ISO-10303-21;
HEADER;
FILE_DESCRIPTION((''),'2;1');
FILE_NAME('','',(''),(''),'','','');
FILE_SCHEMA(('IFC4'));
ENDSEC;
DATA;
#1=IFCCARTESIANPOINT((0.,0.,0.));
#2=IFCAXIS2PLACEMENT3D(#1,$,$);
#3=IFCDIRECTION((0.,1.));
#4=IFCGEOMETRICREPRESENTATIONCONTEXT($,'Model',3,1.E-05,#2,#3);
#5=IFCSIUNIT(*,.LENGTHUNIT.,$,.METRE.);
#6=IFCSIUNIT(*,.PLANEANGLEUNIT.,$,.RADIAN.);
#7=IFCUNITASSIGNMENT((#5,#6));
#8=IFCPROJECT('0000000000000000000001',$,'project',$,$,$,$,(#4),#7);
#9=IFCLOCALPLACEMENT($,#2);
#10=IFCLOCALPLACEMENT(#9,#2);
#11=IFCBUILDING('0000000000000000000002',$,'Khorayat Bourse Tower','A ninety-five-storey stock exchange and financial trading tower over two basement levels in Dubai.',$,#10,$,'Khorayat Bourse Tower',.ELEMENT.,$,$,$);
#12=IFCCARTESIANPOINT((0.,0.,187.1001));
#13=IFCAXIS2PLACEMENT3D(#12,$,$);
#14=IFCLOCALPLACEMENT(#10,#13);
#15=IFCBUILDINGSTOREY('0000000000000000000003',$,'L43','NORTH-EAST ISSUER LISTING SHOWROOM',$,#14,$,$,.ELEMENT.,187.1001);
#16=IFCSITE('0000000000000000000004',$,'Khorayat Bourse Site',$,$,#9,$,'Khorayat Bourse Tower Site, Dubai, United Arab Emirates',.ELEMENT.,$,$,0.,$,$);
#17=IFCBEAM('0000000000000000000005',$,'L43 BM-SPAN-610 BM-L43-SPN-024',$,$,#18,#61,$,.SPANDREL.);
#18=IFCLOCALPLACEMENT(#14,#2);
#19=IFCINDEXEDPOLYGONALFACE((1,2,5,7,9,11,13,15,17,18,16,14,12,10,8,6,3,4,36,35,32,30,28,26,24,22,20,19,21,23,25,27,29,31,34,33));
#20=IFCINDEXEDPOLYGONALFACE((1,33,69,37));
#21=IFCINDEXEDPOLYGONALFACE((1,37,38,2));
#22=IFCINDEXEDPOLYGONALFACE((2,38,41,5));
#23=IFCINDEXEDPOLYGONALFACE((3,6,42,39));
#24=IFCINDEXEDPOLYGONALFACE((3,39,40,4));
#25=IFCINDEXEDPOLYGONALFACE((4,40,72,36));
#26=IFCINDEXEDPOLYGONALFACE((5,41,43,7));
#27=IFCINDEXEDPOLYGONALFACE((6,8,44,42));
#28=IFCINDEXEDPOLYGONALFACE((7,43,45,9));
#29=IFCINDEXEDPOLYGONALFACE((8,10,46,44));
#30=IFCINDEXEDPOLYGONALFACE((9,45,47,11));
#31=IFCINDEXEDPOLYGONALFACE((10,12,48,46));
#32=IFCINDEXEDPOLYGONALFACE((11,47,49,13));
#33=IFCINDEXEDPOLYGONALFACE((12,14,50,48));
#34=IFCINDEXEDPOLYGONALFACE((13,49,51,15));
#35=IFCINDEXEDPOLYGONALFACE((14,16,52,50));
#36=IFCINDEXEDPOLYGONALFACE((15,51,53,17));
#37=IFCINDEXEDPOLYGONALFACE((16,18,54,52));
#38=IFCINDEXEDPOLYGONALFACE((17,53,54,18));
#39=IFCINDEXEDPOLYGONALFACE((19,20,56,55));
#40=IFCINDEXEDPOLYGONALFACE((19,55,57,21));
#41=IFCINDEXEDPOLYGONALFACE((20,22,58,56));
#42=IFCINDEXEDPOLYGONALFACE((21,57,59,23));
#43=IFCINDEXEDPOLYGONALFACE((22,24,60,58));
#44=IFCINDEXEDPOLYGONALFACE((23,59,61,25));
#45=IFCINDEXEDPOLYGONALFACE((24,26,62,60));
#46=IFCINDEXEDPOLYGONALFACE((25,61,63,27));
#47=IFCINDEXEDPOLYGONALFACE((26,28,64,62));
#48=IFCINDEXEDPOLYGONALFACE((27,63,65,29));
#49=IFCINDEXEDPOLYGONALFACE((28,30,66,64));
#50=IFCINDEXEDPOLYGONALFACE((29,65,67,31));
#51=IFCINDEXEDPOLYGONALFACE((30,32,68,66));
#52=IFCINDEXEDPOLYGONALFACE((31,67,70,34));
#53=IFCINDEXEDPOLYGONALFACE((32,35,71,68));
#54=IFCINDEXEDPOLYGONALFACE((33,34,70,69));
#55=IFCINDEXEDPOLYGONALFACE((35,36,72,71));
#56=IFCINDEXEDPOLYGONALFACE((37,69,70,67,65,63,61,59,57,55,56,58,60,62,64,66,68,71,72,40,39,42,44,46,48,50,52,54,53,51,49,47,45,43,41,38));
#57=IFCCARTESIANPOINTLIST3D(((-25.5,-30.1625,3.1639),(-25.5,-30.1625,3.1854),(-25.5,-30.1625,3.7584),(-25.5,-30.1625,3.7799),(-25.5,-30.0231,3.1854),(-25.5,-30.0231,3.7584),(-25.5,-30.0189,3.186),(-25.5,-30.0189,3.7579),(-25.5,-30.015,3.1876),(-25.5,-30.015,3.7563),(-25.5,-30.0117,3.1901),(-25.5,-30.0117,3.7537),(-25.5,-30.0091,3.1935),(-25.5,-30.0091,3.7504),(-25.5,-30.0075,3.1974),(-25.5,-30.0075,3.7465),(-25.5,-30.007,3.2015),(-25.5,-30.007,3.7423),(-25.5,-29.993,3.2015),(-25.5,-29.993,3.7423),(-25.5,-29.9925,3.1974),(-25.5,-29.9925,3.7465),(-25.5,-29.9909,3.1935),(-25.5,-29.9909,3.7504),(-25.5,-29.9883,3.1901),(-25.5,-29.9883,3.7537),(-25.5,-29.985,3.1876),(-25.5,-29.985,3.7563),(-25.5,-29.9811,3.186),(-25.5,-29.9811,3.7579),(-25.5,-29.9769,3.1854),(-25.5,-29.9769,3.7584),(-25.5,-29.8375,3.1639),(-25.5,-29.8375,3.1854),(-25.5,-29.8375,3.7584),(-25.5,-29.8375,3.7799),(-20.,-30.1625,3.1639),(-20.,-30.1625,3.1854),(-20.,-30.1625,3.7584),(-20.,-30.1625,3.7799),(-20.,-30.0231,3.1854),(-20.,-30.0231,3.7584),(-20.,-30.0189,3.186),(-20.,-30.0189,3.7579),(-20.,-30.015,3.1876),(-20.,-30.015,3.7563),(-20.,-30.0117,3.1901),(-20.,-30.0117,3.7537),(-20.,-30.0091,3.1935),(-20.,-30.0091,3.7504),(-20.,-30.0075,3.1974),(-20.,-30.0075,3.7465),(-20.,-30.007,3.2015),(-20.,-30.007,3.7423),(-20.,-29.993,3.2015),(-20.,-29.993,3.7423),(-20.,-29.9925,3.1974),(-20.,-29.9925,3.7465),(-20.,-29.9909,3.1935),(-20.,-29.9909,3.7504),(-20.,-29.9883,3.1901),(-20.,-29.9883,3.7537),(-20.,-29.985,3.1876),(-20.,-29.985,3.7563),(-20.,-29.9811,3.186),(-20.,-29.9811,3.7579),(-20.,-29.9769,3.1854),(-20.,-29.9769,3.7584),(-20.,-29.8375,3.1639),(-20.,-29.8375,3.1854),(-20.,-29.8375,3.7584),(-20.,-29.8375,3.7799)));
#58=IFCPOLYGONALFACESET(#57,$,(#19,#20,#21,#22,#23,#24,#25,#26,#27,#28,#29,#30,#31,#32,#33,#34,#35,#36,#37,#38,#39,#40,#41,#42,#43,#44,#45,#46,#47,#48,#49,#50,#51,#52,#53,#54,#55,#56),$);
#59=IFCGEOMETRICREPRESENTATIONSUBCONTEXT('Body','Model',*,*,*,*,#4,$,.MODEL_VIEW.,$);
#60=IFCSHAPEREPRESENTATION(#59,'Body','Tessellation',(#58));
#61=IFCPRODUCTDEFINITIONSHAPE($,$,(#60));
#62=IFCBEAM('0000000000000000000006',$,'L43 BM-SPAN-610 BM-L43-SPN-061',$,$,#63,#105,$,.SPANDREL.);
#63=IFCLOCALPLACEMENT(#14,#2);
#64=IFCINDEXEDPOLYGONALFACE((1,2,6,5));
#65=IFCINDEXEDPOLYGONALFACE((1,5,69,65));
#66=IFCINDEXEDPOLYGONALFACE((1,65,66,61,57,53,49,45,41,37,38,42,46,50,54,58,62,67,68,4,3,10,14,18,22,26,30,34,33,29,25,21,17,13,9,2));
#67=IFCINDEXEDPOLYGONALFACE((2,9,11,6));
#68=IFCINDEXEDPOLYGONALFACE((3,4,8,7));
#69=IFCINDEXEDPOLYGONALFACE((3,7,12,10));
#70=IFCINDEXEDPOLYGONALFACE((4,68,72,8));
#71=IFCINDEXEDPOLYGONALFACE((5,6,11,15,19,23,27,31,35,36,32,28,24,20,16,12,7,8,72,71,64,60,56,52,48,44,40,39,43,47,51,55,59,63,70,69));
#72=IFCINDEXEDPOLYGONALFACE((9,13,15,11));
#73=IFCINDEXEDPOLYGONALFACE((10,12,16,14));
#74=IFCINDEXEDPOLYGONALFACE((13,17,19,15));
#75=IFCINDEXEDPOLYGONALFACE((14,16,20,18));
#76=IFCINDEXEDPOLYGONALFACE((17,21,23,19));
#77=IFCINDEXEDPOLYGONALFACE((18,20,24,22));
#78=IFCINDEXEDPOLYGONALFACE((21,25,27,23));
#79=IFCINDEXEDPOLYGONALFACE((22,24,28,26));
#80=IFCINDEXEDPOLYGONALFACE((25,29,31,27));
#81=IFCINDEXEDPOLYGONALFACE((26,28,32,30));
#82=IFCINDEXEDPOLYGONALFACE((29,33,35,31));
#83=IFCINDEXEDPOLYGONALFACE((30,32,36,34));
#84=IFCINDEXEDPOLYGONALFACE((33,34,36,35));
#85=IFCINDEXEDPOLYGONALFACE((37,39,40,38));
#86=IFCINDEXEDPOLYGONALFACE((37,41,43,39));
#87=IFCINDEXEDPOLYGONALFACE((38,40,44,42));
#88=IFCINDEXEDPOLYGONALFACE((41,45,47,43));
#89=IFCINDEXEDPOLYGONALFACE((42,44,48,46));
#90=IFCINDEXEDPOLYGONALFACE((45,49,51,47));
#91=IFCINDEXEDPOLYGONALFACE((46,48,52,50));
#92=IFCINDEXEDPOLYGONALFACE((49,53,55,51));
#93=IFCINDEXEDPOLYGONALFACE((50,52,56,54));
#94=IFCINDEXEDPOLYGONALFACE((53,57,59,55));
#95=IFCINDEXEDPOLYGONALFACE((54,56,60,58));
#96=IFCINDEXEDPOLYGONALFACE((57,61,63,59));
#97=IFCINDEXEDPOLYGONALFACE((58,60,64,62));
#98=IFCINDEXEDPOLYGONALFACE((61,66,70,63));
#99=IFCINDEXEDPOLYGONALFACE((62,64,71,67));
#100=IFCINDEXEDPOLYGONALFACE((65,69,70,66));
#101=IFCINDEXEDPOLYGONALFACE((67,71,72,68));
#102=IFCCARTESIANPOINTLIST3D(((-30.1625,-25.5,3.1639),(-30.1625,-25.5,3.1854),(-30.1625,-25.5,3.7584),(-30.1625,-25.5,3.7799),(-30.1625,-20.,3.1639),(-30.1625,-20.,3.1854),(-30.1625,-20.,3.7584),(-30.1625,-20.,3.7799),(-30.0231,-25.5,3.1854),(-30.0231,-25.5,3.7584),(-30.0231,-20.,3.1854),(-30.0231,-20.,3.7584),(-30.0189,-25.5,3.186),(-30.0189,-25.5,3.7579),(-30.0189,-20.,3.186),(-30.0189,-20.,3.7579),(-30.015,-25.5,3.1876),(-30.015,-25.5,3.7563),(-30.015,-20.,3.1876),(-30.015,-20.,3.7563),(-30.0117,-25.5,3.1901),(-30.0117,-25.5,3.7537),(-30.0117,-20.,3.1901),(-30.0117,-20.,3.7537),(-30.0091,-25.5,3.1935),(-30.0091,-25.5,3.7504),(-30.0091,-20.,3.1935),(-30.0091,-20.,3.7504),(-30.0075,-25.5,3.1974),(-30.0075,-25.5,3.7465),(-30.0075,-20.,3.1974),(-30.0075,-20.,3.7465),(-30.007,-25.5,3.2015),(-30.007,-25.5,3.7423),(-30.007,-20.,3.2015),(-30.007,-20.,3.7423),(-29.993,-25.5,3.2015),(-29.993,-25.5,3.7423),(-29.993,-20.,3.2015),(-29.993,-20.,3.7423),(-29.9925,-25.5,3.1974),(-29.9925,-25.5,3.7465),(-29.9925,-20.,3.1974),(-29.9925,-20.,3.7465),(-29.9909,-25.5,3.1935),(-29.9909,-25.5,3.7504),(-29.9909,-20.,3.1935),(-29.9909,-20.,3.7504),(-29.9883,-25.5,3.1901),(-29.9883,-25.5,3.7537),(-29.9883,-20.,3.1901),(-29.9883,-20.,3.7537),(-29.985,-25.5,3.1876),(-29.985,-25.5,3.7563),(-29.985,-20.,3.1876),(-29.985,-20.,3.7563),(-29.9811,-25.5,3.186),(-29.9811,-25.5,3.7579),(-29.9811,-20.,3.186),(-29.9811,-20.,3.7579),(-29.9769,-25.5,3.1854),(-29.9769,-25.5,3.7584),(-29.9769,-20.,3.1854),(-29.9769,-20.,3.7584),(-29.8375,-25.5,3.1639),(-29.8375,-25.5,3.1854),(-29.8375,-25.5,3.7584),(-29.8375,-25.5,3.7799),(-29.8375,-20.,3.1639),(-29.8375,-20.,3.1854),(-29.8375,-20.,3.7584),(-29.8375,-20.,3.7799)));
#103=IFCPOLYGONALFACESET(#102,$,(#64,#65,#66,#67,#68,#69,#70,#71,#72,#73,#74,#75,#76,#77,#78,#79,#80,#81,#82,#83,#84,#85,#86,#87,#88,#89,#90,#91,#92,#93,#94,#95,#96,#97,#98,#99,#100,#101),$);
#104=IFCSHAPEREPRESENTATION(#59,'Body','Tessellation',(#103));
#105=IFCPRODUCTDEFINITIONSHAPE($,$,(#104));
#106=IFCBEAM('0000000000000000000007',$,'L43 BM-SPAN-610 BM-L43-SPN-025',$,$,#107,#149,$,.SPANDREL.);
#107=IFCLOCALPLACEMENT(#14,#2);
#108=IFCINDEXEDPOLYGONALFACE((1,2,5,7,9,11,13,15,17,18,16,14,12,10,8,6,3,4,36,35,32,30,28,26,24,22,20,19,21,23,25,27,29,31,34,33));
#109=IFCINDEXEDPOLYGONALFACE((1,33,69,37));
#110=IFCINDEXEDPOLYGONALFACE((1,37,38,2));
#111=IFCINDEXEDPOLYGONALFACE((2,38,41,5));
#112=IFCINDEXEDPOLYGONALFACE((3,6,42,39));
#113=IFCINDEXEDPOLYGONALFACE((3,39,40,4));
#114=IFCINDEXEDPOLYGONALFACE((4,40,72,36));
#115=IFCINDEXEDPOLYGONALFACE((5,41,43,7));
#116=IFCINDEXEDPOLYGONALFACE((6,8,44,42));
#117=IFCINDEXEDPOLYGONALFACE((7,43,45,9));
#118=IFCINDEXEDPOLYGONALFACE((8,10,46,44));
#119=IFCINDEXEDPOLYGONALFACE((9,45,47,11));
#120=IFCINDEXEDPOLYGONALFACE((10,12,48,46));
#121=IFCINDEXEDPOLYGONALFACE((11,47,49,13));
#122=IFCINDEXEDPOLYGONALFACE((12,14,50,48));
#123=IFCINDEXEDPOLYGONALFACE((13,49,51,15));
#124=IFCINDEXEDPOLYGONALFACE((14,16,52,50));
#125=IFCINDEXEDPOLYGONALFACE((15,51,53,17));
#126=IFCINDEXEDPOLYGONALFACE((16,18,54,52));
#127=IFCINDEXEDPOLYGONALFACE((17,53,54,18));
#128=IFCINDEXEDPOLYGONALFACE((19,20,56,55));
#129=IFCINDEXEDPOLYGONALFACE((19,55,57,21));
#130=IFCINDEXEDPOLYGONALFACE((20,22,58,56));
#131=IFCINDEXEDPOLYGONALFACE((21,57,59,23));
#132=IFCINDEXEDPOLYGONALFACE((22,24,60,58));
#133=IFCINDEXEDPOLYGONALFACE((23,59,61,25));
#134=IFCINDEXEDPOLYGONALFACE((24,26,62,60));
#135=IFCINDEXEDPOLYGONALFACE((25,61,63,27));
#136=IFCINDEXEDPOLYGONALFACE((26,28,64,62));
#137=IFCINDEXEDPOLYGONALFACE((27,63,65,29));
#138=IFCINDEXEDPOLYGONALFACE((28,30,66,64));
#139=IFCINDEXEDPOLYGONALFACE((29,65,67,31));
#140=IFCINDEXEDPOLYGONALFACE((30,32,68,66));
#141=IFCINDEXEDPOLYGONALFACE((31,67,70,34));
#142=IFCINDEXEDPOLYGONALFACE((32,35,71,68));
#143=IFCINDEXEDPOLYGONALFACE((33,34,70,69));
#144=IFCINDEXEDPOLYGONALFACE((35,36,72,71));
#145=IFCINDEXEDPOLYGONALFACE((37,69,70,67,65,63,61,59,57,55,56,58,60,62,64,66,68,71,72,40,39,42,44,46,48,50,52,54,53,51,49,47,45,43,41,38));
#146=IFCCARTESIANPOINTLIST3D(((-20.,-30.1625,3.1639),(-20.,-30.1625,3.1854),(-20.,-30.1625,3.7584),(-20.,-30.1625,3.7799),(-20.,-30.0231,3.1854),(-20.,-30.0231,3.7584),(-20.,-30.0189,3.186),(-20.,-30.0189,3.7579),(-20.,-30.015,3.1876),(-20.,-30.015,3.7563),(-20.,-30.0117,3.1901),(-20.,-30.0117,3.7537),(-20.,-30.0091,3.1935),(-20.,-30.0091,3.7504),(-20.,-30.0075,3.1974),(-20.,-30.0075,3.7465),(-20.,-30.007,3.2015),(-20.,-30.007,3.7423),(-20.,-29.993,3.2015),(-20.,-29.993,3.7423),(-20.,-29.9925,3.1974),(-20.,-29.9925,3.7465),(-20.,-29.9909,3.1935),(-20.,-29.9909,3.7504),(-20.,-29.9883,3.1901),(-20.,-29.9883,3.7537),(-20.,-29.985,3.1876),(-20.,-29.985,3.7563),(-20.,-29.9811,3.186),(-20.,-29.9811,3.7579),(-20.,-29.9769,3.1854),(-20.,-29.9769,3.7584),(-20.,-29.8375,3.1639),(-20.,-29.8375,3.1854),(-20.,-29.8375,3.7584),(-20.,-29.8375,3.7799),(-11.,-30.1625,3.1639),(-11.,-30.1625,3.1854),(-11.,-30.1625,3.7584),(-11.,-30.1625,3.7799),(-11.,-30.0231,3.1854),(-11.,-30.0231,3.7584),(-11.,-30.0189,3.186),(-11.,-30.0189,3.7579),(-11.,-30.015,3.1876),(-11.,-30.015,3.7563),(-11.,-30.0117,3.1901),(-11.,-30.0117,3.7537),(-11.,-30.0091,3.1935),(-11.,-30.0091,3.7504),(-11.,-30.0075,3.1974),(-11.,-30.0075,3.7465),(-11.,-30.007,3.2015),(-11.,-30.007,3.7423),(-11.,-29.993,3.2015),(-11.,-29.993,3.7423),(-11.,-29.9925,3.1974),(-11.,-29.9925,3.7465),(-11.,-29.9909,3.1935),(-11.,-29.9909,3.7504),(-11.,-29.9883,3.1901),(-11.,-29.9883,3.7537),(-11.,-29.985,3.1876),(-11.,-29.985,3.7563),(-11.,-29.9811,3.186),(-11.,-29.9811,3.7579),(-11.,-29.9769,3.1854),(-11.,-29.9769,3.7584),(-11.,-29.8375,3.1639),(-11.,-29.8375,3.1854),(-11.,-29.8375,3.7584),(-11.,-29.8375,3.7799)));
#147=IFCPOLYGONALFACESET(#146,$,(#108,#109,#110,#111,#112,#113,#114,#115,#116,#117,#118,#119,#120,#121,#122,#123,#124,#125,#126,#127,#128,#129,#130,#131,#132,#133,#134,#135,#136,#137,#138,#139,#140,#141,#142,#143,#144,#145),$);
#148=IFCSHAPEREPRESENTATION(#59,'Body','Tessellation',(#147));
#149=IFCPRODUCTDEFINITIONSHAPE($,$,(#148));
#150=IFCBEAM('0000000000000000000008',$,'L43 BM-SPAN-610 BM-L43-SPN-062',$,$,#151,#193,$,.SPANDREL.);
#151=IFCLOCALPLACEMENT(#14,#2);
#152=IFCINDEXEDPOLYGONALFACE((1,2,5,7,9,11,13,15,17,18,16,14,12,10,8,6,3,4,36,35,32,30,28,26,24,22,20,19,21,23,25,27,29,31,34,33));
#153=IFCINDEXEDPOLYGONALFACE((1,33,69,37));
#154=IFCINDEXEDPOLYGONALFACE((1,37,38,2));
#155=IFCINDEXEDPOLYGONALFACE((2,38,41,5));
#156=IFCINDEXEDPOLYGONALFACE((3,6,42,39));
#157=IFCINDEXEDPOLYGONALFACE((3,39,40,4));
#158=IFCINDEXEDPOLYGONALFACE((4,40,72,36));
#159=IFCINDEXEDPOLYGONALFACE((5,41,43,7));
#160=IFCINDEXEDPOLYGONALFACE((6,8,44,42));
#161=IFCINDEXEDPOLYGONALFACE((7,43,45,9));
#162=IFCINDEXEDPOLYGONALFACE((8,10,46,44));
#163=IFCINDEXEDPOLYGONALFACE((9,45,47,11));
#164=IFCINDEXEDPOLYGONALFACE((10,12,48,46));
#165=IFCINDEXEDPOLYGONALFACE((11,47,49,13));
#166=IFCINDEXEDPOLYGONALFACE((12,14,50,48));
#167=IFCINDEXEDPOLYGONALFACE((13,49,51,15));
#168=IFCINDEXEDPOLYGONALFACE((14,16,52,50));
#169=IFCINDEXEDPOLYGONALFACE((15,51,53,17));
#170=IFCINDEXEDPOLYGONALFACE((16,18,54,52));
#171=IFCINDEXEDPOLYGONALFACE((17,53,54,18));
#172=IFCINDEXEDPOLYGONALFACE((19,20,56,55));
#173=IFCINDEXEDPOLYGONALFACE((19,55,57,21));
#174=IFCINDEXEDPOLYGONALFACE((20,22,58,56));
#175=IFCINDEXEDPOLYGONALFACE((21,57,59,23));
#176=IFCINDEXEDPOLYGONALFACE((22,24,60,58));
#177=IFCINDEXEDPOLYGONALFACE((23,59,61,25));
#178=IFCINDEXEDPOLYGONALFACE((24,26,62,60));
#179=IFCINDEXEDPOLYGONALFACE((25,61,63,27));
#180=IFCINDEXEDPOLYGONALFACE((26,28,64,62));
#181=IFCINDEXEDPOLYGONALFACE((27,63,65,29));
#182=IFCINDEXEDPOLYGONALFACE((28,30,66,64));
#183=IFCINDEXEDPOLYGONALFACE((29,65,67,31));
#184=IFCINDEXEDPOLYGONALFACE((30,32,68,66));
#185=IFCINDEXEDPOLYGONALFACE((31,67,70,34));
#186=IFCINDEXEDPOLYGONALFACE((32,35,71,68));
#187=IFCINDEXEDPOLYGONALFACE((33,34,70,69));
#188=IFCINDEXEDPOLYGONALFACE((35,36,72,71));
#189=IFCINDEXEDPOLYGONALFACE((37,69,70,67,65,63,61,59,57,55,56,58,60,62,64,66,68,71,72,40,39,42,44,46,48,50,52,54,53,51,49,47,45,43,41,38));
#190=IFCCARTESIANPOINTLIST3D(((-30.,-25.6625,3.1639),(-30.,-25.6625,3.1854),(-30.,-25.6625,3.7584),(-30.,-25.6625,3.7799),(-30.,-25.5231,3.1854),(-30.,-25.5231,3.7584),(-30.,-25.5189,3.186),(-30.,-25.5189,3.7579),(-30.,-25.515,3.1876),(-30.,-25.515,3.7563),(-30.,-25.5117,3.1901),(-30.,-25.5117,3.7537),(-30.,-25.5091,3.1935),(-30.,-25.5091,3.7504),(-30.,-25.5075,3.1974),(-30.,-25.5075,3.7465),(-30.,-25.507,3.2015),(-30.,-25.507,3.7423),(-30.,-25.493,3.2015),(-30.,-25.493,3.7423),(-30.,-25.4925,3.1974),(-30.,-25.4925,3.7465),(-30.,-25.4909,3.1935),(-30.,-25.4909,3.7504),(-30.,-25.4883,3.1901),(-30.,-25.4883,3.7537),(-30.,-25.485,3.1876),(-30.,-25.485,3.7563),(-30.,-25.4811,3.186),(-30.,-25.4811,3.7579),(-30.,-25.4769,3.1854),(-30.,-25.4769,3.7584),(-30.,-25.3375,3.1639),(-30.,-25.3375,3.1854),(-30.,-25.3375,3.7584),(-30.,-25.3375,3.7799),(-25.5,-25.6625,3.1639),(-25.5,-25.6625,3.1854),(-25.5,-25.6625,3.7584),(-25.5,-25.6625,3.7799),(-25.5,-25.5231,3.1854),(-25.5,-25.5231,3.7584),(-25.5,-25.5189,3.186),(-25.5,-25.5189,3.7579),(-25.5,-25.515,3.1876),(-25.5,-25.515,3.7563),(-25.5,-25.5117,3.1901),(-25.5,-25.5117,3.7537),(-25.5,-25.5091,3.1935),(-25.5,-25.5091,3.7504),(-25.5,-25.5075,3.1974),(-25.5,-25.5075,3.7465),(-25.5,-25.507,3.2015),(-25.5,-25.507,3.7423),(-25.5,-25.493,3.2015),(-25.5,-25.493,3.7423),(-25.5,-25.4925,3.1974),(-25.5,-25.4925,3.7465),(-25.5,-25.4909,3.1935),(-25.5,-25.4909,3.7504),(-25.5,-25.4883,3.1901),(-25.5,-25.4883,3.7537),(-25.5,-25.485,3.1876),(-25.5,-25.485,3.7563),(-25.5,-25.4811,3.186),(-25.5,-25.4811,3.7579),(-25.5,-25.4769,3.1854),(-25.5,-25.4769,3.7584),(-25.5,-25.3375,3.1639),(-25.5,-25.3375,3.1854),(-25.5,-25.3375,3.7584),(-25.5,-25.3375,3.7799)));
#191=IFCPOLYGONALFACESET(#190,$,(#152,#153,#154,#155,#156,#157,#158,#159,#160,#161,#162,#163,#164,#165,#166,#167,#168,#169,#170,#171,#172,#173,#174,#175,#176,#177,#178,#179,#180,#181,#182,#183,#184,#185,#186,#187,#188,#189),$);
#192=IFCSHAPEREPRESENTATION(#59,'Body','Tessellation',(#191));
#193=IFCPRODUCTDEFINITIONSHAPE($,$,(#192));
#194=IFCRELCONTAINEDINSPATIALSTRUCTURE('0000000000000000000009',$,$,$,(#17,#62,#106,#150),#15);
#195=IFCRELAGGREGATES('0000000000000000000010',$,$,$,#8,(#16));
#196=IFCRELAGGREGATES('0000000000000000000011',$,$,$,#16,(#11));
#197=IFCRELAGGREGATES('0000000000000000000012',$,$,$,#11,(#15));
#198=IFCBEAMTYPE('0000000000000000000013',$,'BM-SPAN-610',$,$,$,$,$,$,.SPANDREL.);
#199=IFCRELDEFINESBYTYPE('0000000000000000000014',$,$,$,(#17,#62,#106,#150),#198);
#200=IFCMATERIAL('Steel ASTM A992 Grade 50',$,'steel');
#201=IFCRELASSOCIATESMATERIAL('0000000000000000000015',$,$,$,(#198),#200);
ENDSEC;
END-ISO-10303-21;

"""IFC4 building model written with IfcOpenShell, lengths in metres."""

from ifc_helpers import new_model, si_unit, direction, frame, origin, origin_2d, place, context, subcontext, project, spatial, i_section, extrude, source, transform, mapped, material, material_profile, profile_set, type_object, element, save


model = new_model("IFC4")

# Units and contexts
model_context = context("Model", 3, precision=1e-05, world=origin(), true_north=direction((0.0, 1.0)))
body_context = subcontext(model_context, "Body", "Model", "MODEL_VIEW")
ifc_project = project(units=[si_unit("LENGTHUNIT", "METRE"), si_unit("PLANEANGLEUNIT", "RADIAN")], contexts=[model_context])

# Site, building, storey
site_placement = place(None, origin())
site = spatial("IfcSite", under=ifc_project, at=site_placement, Name="Khorayat Bourse Site", LongName="Khorayat Bourse Tower Site, Dubai, United Arab Emirates", CompositionType="ELEMENT", RefElevation=0.0)
building_placement = place(site_placement, origin())
building = spatial("IfcBuilding", under=site, at=building_placement, Name="Khorayat Bourse Tower", Description="A ninety-five-storey stock exchange and financial trading tower over two basement levels in Dubai.", LongName="Khorayat Bourse Tower", CompositionType="ELEMENT")
storey_placement = place(building_placement, frame((0.0, 0.0, 187.1001)))
storey = spatial("IfcBuildingStorey", under=building, at=storey_placement, Name="L43", Description="NORTH-EAST ISSUER LISTING SHOWROOM", CompositionType="ELEMENT", Elevation=187.1001)

# Beams
ifc_material_1 = material(Name="Steel ASTM A992 Grade 50", Category="steel")
ifc_material_profile_1 = material_profile(ifc_material_1, i_section(OverallWidth=0.325, OverallDepth=0.616, WebThickness=0.0139, FlangeThickness=0.0215, FilletRadius=0.0161, at=origin_2d()), Name="W610X174")
ifc_profile_set_1 = profile_set([ifc_material_profile_1], Name="Steel ASTM A992 Grade 50")
beam_type_1 = type_object("IfcBeamType", Name="BM-SPAN-610", PredefinedType="SPANDREL", material=ifc_profile_set_1)
shared_shape_1 = source(origin(), body_context, "Body", "SweptSolid", [
    extrude(i_section(OverallWidth=0.325, OverallDepth=0.616, WebThickness=0.0139, FlangeThickness=0.0215, FilletRadius=0.0161, at=origin_2d()), origin(), (0.0, 0.0, 1.0), 5.5),
])
for number, where, z_axis, x_axis, name in (
    (1, (-25.5, -30.0, 3.4719), (1.0, 0.0, 0.0), (0.0, 1.0, 0.0), "L43 BM-SPAN-610 BM-L43-SPN-024"),
    (2, (-30.0, -25.5, 3.4719), (0.0, 1.0, 0.0), (-1.0, 0.0, 0.0), "L43 BM-SPAN-610 BM-L43-SPN-061"),
):
    element("IfcBeam", number, at=place(storey_placement, frame(where, z_axis=z_axis, x_axis=x_axis)), inside=storey, type_object=beam_type_1, Name=name, PredefinedType="SPANDREL", context=body_context, shape_type="MappedRepresentation", body=[
        mapped(shared_shape_1, transform((0.0, 0.0, 0.0), scale=1.0)),
    ])
shared_shape_2 = source(origin(), body_context, "Body", "SweptSolid", [
    extrude(i_section(OverallWidth=0.325, OverallDepth=0.616, WebThickness=0.0139, FlangeThickness=0.0215, FilletRadius=0.0161, at=origin_2d()), origin(), (0.0, 0.0, 1.0), 9.0),
])
beam_1_placement = place(storey_placement, frame((-20.0, -30.0, 3.4719), z_axis=(1.0, 0.0, 0.0), x_axis=(0.0, 1.0, 0.0)))
element("IfcBeam", 3, at=beam_1_placement, inside=storey, type_object=beam_type_1, Name="L43 BM-SPAN-610 BM-L43-SPN-025", PredefinedType="SPANDREL", context=body_context, shape_type="MappedRepresentation", body=[
    mapped(shared_shape_2, transform((0.0, 0.0, 0.0), scale=1.0)),
])
shared_shape_3 = source(origin(), body_context, "Body", "SweptSolid", [
    extrude(i_section(OverallWidth=0.325, OverallDepth=0.616, WebThickness=0.0139, FlangeThickness=0.0215, FilletRadius=0.0161, at=origin_2d()), origin(), (0.0, 0.0, 1.0), 4.5),
])
for number, where, z_axis, x_axis, name in (
    (4, (-30.0, -25.5, 3.4719), (1.0, 0.0, 0.0), (0.0, 1.0, 0.0), "L43 BM-SPAN-610 BM-L43-SPN-062"),
):
    element("IfcBeam", number, at=place(storey_placement, frame(where, z_axis=z_axis, x_axis=x_axis)), inside=storey, type_object=beam_type_1, Name=name, PredefinedType="SPANDREL", context=body_context, shape_type="MappedRepresentation", body=[
        mapped(shared_shape_3, transform((0.0, 0.0, 0.0), scale=1.0)),
    ])

save(model, "model.ifc")
